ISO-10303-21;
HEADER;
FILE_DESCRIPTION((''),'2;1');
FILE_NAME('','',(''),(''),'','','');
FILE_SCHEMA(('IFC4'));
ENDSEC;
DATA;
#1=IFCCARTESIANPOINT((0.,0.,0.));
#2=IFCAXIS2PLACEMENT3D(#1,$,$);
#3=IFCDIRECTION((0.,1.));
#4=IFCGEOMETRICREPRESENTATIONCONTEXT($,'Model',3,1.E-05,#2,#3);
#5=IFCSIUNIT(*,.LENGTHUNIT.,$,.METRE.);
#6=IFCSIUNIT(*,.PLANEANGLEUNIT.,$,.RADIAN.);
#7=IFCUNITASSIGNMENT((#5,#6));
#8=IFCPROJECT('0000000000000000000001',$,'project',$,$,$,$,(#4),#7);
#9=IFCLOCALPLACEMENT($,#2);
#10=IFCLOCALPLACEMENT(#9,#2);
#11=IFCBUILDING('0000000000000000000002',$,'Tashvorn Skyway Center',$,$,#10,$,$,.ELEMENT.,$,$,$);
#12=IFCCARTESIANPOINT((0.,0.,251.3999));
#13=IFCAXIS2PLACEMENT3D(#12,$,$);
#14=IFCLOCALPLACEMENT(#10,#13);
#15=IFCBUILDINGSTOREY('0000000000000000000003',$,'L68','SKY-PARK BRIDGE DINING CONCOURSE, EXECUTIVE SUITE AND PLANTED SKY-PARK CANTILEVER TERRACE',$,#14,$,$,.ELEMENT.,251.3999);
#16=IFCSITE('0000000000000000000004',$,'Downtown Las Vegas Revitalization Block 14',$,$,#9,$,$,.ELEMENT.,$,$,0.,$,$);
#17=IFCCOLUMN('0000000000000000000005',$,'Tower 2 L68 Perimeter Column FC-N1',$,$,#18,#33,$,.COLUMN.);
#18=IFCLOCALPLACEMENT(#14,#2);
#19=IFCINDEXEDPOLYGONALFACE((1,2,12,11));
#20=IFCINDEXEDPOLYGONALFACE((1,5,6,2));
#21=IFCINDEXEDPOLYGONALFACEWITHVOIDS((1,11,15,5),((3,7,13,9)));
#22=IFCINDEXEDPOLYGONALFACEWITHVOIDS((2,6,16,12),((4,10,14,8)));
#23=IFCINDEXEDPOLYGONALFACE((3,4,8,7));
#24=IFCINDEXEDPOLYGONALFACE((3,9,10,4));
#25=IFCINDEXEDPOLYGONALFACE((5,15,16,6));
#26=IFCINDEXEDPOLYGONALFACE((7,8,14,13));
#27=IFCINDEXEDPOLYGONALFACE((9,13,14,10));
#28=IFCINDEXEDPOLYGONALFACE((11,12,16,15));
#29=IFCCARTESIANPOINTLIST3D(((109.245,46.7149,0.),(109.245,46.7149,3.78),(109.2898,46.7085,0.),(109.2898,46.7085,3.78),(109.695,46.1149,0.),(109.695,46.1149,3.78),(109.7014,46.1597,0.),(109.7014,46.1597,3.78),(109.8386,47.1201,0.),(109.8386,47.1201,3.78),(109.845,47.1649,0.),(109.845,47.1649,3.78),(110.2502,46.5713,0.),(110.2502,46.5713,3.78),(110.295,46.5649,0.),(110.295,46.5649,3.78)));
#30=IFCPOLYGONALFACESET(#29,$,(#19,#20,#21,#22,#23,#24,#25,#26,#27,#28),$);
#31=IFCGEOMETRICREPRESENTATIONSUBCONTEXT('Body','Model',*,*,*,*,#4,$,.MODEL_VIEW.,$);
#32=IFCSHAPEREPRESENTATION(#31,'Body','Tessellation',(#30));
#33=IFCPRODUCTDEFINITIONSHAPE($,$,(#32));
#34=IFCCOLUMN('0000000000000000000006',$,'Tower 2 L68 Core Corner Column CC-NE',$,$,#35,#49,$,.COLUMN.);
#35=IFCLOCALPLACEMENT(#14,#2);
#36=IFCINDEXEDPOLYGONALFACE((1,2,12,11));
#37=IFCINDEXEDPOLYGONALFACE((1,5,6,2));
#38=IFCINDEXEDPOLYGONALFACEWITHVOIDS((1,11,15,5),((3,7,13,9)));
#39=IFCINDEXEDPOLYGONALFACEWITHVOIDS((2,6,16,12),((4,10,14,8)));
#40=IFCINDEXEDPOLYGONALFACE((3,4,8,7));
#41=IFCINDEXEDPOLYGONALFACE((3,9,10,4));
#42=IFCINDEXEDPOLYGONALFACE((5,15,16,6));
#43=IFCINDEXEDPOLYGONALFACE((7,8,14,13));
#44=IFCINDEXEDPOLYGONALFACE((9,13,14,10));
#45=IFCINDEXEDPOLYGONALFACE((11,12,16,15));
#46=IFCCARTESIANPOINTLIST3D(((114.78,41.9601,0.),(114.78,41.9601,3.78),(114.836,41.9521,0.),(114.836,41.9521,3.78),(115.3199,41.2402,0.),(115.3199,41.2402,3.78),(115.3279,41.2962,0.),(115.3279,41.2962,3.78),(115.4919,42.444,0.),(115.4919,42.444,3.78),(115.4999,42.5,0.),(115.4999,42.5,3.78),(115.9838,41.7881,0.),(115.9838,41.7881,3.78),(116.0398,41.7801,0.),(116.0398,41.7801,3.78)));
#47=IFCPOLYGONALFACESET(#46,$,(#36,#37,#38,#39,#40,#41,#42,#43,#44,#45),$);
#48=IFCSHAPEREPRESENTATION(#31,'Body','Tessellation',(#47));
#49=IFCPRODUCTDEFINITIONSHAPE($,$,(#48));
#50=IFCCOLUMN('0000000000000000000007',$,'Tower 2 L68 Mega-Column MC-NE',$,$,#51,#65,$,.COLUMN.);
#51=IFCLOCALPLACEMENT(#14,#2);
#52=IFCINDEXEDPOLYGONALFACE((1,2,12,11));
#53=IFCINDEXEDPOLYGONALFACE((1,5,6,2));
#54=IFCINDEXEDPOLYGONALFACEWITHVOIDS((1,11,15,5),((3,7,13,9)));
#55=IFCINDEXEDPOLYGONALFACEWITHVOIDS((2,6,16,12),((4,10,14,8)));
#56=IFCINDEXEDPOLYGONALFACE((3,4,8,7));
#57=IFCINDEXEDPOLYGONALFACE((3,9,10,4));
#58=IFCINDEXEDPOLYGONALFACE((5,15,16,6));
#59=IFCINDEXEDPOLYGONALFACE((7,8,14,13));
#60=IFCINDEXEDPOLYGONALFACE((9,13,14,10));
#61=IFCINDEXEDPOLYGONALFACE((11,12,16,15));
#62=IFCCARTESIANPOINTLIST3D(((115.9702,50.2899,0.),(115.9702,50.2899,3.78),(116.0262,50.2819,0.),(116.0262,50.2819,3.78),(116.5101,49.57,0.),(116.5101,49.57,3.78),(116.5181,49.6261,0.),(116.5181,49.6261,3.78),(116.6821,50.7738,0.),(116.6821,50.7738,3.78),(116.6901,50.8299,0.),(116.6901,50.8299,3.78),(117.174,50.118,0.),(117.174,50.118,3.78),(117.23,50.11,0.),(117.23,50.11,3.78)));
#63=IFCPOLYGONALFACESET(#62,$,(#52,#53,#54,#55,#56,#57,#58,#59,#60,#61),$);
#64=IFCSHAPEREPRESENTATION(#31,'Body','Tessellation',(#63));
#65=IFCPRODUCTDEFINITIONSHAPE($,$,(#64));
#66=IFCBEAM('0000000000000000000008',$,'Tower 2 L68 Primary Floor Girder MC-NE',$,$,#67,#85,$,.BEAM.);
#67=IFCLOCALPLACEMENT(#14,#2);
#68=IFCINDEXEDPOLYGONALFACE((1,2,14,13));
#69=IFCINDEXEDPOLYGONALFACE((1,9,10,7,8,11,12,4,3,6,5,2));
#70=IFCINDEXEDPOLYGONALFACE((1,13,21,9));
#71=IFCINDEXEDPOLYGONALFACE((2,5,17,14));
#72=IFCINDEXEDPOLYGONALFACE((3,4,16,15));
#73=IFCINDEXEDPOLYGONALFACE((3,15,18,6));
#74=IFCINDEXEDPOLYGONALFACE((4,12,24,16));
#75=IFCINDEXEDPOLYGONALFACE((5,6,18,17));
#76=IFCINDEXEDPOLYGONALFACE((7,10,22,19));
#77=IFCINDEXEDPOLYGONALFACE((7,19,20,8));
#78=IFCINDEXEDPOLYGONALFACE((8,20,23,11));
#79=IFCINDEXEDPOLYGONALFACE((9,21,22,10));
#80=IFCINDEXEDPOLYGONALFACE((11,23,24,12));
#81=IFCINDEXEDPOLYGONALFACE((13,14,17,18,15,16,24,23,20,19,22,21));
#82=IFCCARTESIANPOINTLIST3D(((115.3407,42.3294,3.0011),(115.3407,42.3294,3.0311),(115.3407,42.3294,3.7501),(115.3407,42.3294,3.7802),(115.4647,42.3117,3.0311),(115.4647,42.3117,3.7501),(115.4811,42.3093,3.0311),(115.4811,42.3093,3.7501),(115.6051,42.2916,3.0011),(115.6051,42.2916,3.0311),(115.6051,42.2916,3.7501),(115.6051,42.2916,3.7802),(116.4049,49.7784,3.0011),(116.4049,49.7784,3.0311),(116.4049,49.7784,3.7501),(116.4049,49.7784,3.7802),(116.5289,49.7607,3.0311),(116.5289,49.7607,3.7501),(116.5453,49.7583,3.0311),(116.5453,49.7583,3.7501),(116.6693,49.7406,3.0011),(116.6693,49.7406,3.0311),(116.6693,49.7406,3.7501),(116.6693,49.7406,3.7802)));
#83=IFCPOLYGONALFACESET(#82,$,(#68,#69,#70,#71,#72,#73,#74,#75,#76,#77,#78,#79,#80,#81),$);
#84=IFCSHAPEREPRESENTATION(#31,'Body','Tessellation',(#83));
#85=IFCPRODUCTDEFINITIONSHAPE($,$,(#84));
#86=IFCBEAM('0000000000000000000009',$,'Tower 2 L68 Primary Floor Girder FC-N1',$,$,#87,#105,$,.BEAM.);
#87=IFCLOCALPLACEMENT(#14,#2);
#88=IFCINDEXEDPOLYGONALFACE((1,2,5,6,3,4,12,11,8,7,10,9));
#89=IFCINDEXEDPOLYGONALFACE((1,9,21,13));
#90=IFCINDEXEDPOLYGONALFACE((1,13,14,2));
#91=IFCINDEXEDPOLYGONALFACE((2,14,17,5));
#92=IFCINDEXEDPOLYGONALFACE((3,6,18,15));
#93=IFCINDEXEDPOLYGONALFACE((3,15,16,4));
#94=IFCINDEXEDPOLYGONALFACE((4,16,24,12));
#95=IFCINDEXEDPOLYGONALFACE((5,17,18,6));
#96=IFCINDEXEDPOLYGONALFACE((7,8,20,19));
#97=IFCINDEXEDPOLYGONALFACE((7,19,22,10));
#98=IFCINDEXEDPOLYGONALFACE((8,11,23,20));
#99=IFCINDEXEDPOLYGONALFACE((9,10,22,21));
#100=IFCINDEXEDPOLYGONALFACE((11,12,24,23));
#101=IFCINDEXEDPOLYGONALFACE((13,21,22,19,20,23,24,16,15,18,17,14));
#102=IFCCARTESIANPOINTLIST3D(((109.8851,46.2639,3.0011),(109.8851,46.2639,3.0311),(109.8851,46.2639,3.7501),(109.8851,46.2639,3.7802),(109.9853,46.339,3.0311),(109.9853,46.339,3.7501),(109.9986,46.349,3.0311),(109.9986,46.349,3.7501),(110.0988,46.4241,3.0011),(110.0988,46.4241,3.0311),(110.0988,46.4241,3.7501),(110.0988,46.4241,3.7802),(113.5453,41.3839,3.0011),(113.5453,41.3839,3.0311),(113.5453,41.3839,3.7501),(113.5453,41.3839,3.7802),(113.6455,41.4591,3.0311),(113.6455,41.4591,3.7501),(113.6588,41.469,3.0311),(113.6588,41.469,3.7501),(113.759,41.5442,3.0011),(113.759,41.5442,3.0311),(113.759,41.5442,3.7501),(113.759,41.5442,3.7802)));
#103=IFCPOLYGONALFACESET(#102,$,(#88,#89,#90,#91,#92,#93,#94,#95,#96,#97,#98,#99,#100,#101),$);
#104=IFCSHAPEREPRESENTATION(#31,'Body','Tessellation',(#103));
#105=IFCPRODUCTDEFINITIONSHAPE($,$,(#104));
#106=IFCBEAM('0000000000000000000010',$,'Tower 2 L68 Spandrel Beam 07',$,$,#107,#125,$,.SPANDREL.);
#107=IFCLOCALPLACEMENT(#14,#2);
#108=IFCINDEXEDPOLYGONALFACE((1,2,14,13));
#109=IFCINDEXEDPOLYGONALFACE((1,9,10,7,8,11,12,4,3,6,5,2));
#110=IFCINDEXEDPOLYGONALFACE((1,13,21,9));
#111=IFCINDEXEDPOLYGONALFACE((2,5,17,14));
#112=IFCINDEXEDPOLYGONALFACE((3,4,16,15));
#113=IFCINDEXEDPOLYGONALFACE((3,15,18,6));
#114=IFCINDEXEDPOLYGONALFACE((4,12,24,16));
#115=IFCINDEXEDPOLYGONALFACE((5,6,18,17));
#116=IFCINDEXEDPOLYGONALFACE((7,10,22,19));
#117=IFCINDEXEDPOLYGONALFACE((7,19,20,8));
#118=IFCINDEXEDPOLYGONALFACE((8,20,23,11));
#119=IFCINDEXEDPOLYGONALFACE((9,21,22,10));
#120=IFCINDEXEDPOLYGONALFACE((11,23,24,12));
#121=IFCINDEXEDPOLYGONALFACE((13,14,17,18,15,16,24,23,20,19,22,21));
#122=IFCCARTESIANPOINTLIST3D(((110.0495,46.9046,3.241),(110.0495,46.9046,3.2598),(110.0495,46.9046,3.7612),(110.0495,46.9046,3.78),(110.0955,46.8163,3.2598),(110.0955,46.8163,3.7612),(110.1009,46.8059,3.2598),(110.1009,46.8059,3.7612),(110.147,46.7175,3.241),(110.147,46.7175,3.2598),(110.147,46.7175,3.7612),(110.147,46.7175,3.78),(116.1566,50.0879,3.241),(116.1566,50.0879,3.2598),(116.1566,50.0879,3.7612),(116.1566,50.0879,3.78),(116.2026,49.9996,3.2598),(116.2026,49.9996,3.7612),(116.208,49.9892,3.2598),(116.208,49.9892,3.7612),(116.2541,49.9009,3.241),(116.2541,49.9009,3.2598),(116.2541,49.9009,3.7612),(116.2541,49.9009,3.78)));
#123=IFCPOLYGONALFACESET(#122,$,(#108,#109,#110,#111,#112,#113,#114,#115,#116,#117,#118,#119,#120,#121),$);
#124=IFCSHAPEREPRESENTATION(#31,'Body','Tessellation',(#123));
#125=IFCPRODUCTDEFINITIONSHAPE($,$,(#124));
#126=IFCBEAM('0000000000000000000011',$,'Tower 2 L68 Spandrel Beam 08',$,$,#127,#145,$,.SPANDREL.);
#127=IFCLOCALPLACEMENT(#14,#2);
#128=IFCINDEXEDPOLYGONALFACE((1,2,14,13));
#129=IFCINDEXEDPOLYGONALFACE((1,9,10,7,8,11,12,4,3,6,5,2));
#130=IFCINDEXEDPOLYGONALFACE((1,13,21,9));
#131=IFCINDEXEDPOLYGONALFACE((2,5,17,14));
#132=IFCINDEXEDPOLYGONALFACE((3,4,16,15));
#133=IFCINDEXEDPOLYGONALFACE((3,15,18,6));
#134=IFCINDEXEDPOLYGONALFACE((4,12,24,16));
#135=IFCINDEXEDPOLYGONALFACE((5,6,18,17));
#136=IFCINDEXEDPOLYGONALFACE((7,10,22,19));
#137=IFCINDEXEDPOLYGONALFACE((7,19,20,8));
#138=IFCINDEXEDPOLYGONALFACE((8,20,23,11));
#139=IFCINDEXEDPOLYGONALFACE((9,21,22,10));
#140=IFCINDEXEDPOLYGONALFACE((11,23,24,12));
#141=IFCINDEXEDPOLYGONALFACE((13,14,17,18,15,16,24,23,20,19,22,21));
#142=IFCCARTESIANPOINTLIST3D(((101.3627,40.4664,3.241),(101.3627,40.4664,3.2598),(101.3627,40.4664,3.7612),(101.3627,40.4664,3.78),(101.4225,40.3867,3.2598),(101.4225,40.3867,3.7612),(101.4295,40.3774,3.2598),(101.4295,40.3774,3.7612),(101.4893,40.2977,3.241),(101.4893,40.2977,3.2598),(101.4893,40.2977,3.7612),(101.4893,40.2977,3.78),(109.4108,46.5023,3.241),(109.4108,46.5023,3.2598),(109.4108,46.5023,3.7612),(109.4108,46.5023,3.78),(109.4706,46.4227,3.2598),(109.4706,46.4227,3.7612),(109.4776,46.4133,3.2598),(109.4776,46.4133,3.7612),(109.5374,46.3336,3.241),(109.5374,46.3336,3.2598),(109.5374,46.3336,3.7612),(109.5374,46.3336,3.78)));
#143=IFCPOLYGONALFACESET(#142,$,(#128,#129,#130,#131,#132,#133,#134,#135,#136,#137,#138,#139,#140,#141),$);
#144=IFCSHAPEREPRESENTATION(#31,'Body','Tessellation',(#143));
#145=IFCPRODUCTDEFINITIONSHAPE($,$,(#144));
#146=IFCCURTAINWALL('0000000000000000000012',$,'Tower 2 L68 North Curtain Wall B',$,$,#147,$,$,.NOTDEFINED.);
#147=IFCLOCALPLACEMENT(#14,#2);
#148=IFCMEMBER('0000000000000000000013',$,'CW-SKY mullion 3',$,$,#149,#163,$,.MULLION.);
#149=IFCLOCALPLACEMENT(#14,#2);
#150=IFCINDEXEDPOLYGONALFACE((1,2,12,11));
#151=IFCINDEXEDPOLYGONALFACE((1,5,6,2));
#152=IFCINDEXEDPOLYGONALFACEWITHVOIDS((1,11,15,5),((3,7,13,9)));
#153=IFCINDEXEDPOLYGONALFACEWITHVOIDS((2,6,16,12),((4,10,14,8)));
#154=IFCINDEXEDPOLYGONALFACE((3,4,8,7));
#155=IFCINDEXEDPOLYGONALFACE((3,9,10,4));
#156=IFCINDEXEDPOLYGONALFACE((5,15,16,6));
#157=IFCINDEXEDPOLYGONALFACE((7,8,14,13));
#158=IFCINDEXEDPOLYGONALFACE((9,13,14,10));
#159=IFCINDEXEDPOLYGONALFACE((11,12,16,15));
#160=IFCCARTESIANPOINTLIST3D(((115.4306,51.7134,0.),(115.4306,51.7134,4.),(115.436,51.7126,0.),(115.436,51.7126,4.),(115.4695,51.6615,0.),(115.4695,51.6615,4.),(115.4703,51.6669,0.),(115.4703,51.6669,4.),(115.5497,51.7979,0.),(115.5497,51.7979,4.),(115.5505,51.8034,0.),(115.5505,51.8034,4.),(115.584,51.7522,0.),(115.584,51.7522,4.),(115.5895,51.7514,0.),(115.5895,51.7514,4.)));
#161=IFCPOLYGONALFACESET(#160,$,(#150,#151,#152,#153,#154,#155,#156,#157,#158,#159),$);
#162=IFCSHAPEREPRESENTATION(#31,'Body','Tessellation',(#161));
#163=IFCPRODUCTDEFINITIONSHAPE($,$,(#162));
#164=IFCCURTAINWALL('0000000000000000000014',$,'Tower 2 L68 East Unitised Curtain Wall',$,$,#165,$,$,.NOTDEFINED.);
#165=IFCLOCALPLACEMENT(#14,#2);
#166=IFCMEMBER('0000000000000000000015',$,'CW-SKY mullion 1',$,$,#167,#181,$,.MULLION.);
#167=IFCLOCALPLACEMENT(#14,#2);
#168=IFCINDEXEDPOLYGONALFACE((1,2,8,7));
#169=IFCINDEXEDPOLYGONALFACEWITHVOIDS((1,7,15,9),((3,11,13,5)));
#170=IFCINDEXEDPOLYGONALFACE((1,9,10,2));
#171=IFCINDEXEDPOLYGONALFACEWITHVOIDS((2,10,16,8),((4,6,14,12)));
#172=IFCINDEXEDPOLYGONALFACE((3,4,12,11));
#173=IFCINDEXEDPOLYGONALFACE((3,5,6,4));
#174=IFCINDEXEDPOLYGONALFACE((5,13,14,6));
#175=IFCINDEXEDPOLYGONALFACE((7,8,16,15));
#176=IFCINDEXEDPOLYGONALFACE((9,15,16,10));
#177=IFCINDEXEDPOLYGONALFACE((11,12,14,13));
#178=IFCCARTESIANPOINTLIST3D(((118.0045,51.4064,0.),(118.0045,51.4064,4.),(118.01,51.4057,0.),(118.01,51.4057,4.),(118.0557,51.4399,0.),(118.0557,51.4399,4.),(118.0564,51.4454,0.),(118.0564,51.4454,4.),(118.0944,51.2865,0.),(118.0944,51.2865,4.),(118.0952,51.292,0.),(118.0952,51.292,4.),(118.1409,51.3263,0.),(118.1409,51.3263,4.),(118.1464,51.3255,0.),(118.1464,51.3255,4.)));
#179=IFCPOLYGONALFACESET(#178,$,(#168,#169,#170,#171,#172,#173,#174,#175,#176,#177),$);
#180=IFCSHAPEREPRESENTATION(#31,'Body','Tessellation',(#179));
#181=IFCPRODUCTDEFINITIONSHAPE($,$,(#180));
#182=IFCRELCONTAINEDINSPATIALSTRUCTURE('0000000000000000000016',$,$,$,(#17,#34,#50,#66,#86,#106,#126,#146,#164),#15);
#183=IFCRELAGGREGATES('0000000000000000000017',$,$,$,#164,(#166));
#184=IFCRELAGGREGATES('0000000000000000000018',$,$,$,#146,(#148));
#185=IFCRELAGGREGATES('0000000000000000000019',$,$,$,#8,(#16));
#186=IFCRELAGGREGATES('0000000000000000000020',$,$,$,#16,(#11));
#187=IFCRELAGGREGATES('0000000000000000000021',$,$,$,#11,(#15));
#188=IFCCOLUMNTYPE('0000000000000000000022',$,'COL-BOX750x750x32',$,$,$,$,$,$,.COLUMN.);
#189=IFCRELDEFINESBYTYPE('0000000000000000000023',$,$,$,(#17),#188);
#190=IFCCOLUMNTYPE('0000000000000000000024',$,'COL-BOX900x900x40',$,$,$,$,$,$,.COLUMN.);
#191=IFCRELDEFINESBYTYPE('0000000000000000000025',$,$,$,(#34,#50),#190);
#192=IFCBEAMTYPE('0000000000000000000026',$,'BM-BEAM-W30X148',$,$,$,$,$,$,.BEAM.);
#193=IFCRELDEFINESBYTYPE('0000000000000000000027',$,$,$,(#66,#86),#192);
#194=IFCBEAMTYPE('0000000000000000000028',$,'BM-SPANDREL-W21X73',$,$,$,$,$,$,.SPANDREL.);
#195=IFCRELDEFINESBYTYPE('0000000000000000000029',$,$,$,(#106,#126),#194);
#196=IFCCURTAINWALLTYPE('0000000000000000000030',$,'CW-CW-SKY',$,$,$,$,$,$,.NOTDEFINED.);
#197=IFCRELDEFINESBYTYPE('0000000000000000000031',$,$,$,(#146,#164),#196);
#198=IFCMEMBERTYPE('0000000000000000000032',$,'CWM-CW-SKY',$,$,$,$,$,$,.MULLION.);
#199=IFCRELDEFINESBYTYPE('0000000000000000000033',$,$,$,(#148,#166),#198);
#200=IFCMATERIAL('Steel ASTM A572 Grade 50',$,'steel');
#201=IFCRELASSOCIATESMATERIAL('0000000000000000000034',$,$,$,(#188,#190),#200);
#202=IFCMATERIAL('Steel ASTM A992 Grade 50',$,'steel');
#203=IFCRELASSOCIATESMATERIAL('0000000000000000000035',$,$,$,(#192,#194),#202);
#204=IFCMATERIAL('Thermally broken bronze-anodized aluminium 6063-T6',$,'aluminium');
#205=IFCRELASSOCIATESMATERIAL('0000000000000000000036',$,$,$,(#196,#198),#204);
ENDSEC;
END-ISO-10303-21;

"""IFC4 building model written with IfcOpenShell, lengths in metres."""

from ifc_helpers import new_model, si_unit, direction, frame, origin, origin_2d, place, context, subcontext, project, spatial, hollow_rectangle, i_section, extrude, material, material_profile, profile_set, type_object, element, aggregate, save


model = new_model("IFC4")

# Units and contexts
model_context = context("Model", 3, precision=1e-05, world=origin(), true_north=direction((0.0, 1.0)))
body_context = subcontext(model_context, "Body", "Model", "MODEL_VIEW")
ifc_project = project(units=[si_unit("LENGTHUNIT", "METRE"), si_unit("PLANEANGLEUNIT", "RADIAN")], contexts=[model_context])

# Site, building, storey
site_placement = place(None, origin())
site = spatial("IfcSite", under=ifc_project, at=site_placement, Name="Downtown Las Vegas Revitalization Block 14", CompositionType="ELEMENT", RefElevation=0.0)
building_placement = place(site_placement, origin())
building = spatial("IfcBuilding", under=site, at=building_placement, Name="Tashvorn Skyway Center", CompositionType="ELEMENT")
storey_placement = place(building_placement, frame((0.0, 0.0, 251.3999)))
storey = spatial("IfcBuildingStorey", under=building, at=storey_placement, Name="L68", Description="SKY-PARK BRIDGE DINING CONCOURSE, EXECUTIVE SUITE AND PLANTED SKY-PARK CANTILEVER TERRACE", CompositionType="ELEMENT", Elevation=251.3999)

# Columns
ifc_material_1 = material(Name="Steel ASTM A572 Grade 50", Category="steel")
ifc_material_profile_1 = material_profile(ifc_material_1, hollow_rectangle(XDim=0.75, YDim=0.75, WallThickness=0.032, at=origin_2d()), Name="BOX750x750x32")
ifc_profile_set_1 = profile_set([ifc_material_profile_1], Name="Steel ASTM A572 Grade 50")
column_type_1 = type_object("IfcColumnType", Name="COL-BOX750x750x32", PredefinedType="COLUMN", material=ifc_profile_set_1)
column_placement = place(storey_placement, frame((109.77, 46.6399, 0.0), z_axis=(0.0, 0.0, 1.0), x_axis=(0.8, 0.6, 0.0)))
element("IfcColumn", 1, at=column_placement, inside=storey, type_object=column_type_1, Name="Tower 2 L68 Perimeter Column FC-N1", PredefinedType="COLUMN", context=body_context, shape_type="SweptSolid", body=[
    extrude(hollow_rectangle(XDim=0.75, YDim=0.75, WallThickness=0.032, at=origin_2d()), origin(), (0.0, 0.0, 1.0), 3.78),
])
ifc_material_profile_2 = material_profile(ifc_material_1, hollow_rectangle(XDim=0.8999, YDim=0.8999, WallThickness=0.04, at=origin_2d()), Name="BOX900x900x40")
ifc_profile_set_2 = profile_set([ifc_material_profile_2], Name="Steel ASTM A572 Grade 50")
column_type_2 = type_object("IfcColumnType", Name="COL-BOX900x900x40", PredefinedType="COLUMN", material=ifc_profile_set_2)
for number, where, z_axis, x_axis, name in (
    (2, (115.4099, 41.8701, 0.0), (0.0, 0.0, 1.0), (0.8, 0.6, 0.0), "Tower 2 L68 Core Corner Column CC-NE"),
    (3, (116.6001, 50.2, 0.0), (0.0, 0.0, 1.0), (0.8, 0.6, 0.0), "Tower 2 L68 Mega-Column MC-NE"),
):
    element("IfcColumn", number, at=place(storey_placement, frame(where, z_axis=z_axis, x_axis=x_axis)), inside=storey, type_object=column_type_2, Name=name, PredefinedType="COLUMN", context=body_context, shape_type="SweptSolid", body=[
        extrude(hollow_rectangle(XDim=0.8999, YDim=0.8999, WallThickness=0.04, at=origin_2d()), origin(), (0.0, 0.0, 1.0), 3.78),
    ])

# Beams
ifc_material_2 = material(Name="Steel ASTM A992 Grade 50", Category="steel")
ifc_material_profile_3 = material_profile(ifc_material_2, i_section(OverallWidth=0.2671, OverallDepth=0.7791, WebThickness=0.0166, FlangeThickness=0.03, at=origin_2d()), Name="W30X148")
ifc_profile_set_3 = profile_set([ifc_material_profile_3], Name="Steel ASTM A992 Grade 50")
beam_type_1 = type_object("IfcBeamType", Name="BM-BEAM-W30X148", PredefinedType="BEAM", material=ifc_profile_set_3)
beam_1_placement = place(storey_placement, frame((116.5371, 49.7595, 3.3906), z_axis=(-0.14143, -0.989948, 0.0), x_axis=(0.989948, -0.14143, 0.0)))
element("IfcBeam", 4, at=beam_1_placement, inside=storey, type_object=beam_type_1, Name="Tower 2 L68 Primary Floor Girder MC-NE", PredefinedType="BEAM", context=body_context, shape_type="SweptSolid", body=[
    extrude(i_section(OverallWidth=0.2671, OverallDepth=0.7791, WebThickness=0.0166, FlangeThickness=0.03, at=origin_2d()), origin(), (0.0, 0.0, 1.0), 7.5247),
])
beam_2_placement = place(storey_placement, frame((109.9919, 46.344, 3.3906), z_axis=(0.600026, -0.799981, 0.0), x_axis=(0.799981, 0.600026, 0.0)))
element("IfcBeam", 5, at=beam_2_placement, inside=storey, type_object=beam_type_1, Name="Tower 2 L68 Primary Floor Girder FC-N1", PredefinedType="BEAM", context=body_context, shape_type="SweptSolid", body=[
    extrude(i_section(OverallWidth=0.2671, OverallDepth=0.7791, WebThickness=0.0166, FlangeThickness=0.03, at=origin_2d()), origin(), (0.0, 0.0, 1.0), 6.1001),
])
ifc_material_profile_4 = material_profile(ifc_material_2, i_section(OverallWidth=0.2109, OverallDepth=0.5391, WebThickness=0.0117, FlangeThickness=0.0188, at=origin_2d()), Name="W21X73")
ifc_profile_set_4 = profile_set([ifc_material_profile_4], Name="Steel ASTM A992 Grade 50")
beam_type_2 = type_object("IfcBeamType", Name="BM-SPANDREL-W21X73", PredefinedType="SPANDREL", material=ifc_profile_set_4)
beam_3_placement = place(storey_placement, frame((116.2053, 49.9944, 3.5105), z_axis=(-0.886764, -0.462223, 0.0), x_axis=(0.462223, -0.886764, 0.0)))
element("IfcBeam", 6, at=beam_3_placement, inside=storey, type_object=beam_type_2, Name="Tower 2 L68 Spandrel Beam 07", PredefinedType="SPANDREL", context=body_context, shape_type="SweptSolid", body=[
    extrude(i_section(OverallWidth=0.2109, OverallDepth=0.5391, WebThickness=0.0117, FlangeThickness=0.0188, at=origin_2d()), origin(), (0.0, 0.0, 1.0), 6.887),
])
beam_4_placement = place(storey_placement, frame((109.4741, 46.418, 3.5105), z_axis=(-0.800009, -0.599988, 0.0), x_axis=(0.599988, -0.800009, 0.0)))
element("IfcBeam", 7, at=beam_4_placement, inside=storey, type_object=beam_type_2, Name="Tower 2 L68 Spandrel Beam 08", PredefinedType="SPANDREL", context=body_context, shape_type="SweptSolid", body=[
    extrude(i_section(OverallWidth=0.2109, OverallDepth=0.5391, WebThickness=0.0117, FlangeThickness=0.0188, at=origin_2d()), origin(), (0.0, 0.0, 1.0), 10.0601),
])

# Curtain wall, member
ifc_material_3 = material(Name="Thermally broken bronze-anodized aluminium 6063-T6", Category="aluminium")
curtain_wall_type = type_object("IfcCurtainWallType", Name="CW-CW-SKY", PredefinedType="NOTDEFINED", material=ifc_material_3)
curtain_wall_1_placement = place(storey_placement, origin())
curtain_wall_1 = element("IfcCurtainWall", 8, at=curtain_wall_1_placement, inside=storey, type_object=curtain_wall_type, Name="Tower 2 L68 North Curtain Wall B", PredefinedType="NOTDEFINED")
ifc_material_profile_5 = material_profile(ifc_material_3, hollow_rectangle(XDim=0.0649, YDim=0.1499, WallThickness=0.0039, at=origin_2d()), Name="ALU-MULL-65x150")
ifc_profile_set_5 = profile_set([ifc_material_profile_5], Name="Thermally broken bronze-anodized aluminium 6063-T6")
member_type_1 = type_object("IfcMemberType", Name="CWM-CW-SKY", PredefinedType="MULLION", material=ifc_profile_set_5)
member_1_placement = place(storey_placement, frame((115.51, 51.7324, 0.0), z_axis=(0.0, 0.0, 1.0), x_axis=(-0.6, 0.8, 0.0)))
member_1 = element("IfcMember", 9, at=member_1_placement, type_object=member_type_1, Name="CW-SKY mullion 3", PredefinedType="MULLION", context=body_context, shape_type="SweptSolid", body=[
    extrude(hollow_rectangle(XDim=0.0649, YDim=0.1499, WallThickness=0.0039, at=origin_2d()), origin(), (0.0, 0.0, 1.0), 4.0),
])

# Curtain wall, member
curtain_wall_2_placement = place(storey_placement, origin())
curtain_wall_2 = element("IfcCurtainWall", 10, at=curtain_wall_2_placement, inside=storey, type_object=curtain_wall_type, Name="Tower 2 L68 East Unitised Curtain Wall", PredefinedType="NOTDEFINED")
member_2_placement = place(storey_placement, frame((118.0754, 51.366, 0.0), z_axis=(0.0, 0.0, 1.0), x_axis=(0.8, 0.6, 0.0)))
member_2 = element("IfcMember", 11, at=member_2_placement, type_object=member_type_1, Name="CW-SKY mullion 1", PredefinedType="MULLION", context=body_context, shape_type="SweptSolid", body=[
    extrude(hollow_rectangle(XDim=0.0649, YDim=0.1499, WallThickness=0.0039, at=origin_2d()), origin(), (0.0, 0.0, 1.0), 4.0),
])
aggregate(curtain_wall_2, [member_2])

aggregate(curtain_wall_1, [member_1])

save(model, "model.ifc")
